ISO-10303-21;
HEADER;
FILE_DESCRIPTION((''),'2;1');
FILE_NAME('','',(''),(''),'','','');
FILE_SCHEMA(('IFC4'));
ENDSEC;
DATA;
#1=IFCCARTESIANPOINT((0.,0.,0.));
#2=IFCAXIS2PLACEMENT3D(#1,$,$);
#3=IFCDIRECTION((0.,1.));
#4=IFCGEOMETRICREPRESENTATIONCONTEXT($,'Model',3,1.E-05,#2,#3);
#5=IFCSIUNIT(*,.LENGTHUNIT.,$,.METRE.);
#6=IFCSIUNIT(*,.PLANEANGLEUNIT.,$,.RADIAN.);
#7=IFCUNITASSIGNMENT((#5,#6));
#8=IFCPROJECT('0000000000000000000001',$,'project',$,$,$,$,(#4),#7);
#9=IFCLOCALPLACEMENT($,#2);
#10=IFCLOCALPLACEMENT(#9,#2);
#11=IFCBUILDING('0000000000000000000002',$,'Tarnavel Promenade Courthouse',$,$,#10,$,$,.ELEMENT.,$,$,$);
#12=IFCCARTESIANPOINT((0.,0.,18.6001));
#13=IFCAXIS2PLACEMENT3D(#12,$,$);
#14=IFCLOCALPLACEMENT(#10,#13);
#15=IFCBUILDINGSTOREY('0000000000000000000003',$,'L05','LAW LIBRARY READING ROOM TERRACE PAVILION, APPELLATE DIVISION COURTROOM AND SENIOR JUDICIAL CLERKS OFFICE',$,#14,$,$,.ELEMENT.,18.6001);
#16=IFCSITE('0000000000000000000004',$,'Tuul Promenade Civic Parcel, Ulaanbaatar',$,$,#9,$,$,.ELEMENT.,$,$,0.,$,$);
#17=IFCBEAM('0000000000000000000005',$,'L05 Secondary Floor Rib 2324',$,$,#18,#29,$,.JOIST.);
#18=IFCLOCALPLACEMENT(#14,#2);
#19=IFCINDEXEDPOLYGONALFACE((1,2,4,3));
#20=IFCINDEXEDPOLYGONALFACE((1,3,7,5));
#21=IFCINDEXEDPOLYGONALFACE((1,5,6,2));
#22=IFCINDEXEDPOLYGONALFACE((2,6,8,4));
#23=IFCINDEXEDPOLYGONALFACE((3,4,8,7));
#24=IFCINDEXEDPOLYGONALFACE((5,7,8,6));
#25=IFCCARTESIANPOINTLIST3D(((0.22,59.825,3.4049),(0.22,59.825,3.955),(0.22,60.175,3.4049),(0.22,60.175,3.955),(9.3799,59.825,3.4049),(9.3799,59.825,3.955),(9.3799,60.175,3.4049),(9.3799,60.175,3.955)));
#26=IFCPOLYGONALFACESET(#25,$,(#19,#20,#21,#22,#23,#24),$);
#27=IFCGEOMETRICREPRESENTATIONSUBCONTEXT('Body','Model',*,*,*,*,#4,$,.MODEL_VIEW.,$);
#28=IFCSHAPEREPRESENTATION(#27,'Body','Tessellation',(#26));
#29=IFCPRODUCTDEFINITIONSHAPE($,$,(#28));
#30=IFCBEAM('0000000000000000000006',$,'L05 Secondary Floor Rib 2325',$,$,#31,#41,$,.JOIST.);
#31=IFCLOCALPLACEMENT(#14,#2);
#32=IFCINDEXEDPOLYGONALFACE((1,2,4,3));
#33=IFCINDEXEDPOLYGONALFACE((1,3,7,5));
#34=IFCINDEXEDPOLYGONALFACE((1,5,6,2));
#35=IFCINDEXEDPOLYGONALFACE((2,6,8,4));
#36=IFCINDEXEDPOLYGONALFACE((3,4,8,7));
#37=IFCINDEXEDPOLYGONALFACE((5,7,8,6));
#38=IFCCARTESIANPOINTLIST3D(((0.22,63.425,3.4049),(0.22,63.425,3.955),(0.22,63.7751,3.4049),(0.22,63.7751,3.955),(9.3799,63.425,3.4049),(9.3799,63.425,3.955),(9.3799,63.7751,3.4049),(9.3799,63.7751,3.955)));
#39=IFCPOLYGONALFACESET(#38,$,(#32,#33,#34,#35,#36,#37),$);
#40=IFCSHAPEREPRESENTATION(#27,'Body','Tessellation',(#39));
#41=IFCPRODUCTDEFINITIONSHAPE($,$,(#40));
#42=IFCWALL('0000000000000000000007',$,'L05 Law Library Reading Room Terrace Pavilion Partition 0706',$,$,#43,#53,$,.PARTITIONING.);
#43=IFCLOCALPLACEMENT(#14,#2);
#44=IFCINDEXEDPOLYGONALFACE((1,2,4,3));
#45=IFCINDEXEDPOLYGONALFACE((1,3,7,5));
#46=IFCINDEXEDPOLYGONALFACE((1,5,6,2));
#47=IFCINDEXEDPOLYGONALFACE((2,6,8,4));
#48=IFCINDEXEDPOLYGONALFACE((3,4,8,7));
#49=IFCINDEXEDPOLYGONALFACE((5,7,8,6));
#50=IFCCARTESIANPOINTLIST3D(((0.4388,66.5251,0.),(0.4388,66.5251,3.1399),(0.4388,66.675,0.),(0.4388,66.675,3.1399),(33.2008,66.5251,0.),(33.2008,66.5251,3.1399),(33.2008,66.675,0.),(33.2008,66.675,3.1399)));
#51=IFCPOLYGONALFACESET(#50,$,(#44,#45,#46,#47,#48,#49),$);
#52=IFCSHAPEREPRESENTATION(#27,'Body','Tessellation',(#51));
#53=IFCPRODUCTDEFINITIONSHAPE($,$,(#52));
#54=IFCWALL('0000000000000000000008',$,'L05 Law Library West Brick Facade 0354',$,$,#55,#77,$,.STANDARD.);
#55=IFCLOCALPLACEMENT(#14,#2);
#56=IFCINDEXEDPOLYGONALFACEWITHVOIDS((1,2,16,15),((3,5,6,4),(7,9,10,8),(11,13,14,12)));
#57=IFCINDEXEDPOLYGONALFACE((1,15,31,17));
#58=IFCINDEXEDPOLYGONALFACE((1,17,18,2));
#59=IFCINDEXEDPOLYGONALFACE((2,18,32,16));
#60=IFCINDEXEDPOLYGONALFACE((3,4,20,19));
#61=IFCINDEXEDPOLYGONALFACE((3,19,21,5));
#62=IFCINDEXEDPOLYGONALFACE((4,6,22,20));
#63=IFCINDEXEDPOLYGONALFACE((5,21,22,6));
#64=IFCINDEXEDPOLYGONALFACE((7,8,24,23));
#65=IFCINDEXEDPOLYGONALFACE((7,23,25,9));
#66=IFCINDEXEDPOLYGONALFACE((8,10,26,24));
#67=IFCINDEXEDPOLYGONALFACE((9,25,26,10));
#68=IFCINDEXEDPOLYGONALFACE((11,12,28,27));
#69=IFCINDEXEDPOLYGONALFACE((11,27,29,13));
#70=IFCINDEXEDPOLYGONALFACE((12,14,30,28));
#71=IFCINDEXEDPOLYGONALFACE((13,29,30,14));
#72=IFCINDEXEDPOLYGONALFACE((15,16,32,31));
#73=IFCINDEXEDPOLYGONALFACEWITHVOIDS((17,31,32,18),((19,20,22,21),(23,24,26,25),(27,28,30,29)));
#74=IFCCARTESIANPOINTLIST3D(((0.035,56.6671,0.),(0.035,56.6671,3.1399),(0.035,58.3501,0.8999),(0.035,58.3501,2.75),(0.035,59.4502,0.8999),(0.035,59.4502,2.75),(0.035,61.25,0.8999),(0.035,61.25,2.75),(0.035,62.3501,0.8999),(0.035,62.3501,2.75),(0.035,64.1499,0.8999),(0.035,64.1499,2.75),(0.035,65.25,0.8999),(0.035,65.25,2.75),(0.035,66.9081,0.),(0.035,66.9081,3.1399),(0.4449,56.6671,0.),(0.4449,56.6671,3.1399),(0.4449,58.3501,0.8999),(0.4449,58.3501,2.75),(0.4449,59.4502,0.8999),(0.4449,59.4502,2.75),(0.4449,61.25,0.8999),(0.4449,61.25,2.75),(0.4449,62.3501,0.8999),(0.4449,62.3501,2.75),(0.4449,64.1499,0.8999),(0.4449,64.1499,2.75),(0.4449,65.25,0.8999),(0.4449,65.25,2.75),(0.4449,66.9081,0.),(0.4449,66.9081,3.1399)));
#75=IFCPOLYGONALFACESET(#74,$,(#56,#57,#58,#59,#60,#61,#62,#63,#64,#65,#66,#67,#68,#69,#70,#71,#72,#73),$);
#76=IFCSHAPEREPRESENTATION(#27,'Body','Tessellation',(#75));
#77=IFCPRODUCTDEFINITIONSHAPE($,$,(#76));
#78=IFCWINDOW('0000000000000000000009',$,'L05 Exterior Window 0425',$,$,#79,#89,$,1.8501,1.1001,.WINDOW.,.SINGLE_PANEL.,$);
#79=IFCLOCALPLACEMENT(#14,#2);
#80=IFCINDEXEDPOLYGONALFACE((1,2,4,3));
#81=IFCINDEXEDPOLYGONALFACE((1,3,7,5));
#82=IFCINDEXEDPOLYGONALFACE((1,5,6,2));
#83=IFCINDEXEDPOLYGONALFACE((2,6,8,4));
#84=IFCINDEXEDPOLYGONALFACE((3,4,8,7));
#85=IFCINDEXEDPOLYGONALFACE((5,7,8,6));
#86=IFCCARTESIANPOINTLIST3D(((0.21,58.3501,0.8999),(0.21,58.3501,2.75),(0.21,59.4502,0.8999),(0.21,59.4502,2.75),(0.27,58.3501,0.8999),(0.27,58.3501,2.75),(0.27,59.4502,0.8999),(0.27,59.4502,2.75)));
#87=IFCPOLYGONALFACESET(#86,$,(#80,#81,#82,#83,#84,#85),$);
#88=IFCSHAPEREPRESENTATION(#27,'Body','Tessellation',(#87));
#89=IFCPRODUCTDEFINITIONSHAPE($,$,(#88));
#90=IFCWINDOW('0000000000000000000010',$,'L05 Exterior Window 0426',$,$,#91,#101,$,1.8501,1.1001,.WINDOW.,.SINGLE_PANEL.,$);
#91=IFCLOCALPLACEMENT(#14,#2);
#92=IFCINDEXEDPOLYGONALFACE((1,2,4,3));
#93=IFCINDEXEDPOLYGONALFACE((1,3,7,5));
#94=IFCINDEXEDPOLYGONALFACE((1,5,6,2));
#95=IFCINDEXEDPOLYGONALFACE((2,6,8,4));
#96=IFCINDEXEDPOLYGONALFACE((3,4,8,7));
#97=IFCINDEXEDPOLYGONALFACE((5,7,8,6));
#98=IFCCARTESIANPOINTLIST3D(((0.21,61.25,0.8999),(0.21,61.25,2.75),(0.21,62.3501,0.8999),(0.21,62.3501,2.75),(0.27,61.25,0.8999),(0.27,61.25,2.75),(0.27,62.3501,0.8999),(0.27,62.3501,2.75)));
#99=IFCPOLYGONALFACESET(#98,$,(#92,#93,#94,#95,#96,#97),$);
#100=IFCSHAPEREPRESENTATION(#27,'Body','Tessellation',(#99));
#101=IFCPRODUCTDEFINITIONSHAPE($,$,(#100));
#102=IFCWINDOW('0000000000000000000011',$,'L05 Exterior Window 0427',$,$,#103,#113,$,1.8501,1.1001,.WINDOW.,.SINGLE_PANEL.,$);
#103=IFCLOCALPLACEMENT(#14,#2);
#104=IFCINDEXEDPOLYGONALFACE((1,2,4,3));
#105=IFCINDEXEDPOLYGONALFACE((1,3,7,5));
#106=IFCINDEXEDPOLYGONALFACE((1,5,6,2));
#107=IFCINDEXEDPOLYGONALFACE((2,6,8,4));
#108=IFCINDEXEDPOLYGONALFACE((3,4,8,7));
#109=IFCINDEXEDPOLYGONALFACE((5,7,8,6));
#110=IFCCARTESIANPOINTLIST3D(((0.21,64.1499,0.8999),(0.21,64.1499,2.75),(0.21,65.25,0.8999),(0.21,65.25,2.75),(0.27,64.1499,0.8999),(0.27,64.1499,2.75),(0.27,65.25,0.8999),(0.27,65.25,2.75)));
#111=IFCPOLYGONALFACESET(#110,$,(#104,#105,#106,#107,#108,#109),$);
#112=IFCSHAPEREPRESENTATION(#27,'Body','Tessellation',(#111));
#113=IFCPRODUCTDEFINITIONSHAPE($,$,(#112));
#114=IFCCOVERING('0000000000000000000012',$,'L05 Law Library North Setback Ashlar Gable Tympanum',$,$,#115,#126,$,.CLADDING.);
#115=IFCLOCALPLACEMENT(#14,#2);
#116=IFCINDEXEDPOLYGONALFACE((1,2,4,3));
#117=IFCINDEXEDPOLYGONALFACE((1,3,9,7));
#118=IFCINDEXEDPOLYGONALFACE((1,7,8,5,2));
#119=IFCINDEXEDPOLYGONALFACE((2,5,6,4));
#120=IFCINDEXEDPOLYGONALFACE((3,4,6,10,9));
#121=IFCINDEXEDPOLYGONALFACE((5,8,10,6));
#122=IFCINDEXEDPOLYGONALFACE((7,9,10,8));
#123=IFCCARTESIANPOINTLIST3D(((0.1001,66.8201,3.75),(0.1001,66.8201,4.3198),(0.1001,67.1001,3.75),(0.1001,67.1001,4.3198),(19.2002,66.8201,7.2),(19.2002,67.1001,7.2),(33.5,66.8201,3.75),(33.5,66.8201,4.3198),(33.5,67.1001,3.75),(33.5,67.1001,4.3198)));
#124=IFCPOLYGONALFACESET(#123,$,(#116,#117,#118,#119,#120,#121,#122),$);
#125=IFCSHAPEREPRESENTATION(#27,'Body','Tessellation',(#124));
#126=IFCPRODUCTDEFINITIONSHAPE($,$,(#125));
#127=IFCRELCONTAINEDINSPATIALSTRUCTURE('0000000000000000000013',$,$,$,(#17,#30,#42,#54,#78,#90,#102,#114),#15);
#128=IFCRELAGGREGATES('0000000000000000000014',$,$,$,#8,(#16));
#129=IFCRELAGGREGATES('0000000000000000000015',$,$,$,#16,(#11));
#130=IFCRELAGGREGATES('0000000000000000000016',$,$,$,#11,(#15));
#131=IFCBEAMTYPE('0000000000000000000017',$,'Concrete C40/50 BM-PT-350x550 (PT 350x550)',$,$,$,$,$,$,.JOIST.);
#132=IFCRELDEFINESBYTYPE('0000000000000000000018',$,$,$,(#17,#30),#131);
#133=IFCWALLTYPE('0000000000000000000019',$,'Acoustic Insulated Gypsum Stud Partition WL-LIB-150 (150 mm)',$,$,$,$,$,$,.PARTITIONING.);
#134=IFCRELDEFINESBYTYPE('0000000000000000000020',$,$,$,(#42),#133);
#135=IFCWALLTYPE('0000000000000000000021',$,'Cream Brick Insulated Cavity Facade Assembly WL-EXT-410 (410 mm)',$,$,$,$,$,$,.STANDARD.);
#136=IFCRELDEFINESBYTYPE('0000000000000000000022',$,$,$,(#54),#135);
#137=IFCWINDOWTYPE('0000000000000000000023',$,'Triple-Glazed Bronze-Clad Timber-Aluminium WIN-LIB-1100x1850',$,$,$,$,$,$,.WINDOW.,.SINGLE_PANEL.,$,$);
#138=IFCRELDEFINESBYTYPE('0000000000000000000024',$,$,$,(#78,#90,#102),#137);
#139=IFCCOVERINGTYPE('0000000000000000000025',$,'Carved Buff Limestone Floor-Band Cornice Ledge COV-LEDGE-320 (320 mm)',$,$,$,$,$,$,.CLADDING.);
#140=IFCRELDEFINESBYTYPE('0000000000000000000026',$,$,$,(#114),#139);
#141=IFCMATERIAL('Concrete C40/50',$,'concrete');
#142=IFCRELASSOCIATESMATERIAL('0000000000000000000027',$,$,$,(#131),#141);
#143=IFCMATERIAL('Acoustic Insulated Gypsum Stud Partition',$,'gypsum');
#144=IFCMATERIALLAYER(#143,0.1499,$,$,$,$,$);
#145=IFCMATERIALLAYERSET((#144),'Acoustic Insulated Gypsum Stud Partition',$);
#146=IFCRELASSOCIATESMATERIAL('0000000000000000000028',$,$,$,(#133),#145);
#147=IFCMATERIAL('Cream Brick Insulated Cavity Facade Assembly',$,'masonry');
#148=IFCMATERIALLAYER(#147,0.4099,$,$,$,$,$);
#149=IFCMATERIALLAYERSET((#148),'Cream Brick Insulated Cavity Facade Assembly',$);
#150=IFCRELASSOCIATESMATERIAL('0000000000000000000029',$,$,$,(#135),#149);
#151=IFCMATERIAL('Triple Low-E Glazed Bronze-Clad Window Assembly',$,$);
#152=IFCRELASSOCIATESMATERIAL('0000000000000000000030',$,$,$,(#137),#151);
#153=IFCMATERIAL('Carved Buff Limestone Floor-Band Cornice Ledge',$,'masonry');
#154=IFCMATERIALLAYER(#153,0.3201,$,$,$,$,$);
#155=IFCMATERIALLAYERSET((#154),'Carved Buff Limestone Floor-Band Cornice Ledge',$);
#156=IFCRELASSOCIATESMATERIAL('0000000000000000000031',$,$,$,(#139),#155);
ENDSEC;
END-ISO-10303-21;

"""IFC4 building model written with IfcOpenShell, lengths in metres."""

from ifc_helpers import new_model, si_unit, direction, frame, frame_2d, origin, origin_2d, place, context, subcontext, project, spatial, polyline, rectangle, outline, extrude, material, layer, layer_set, material_profile, profile_set, type_object, element, fill, save


model = new_model("IFC4")

# Units and contexts
model_context = context("Model", 3, precision=1e-05, world=origin(), true_north=direction((0.0, 1.0)))
body_context = subcontext(model_context, "Body", "Model", "MODEL_VIEW")
ifc_project = project(units=[si_unit("LENGTHUNIT", "METRE"), si_unit("PLANEANGLEUNIT", "RADIAN")], contexts=[model_context])

# Site, building, storey
site_placement = place(None, origin())
site = spatial("IfcSite", under=ifc_project, at=site_placement, Name="Tuul Promenade Civic Parcel, Ulaanbaatar", CompositionType="ELEMENT", RefElevation=0.0)
building_placement = place(site_placement, origin())
building = spatial("IfcBuilding", under=site, at=building_placement, Name="Tarnavel Promenade Courthouse", CompositionType="ELEMENT")
storey_placement = place(building_placement, frame((0.0, 0.0, 18.6001)))
storey = spatial("IfcBuildingStorey", under=building, at=storey_placement, Name="L05", Description="LAW LIBRARY READING ROOM TERRACE PAVILION, APPELLATE DIVISION COURTROOM AND SENIOR JUDICIAL CLERKS OFFICE", CompositionType="ELEMENT", Elevation=18.6001)

# Beams
ifc_material_1 = material(Name="Concrete C40/50", Category="concrete")
ifc_material_profile = material_profile(ifc_material_1, rectangle(XDim=0.3501, YDim=0.55, at=origin_2d()), Name="PT 350x550")
ifc_profile_set = profile_set([ifc_material_profile], Name="Concrete C40/50")
beam_type = type_object("IfcBeamType", Name="Concrete C40/50 BM-PT-350x550 (PT 350x550)", PredefinedType="JOIST", material=ifc_profile_set)
for number, where, z_axis, x_axis, name in (
    (1, (0.22, 60.0, 3.6799), (1.0, 0.0, 0.0), (0.0, 1.0, 0.0), "L05 Secondary Floor Rib 2324"),
    (2, (0.22, 63.6001, 3.6799), (1.0, 0.0, 0.0), (0.0, 1.0, 0.0), "L05 Secondary Floor Rib 2325"),
):
    element("IfcBeam", number, at=place(storey_placement, frame(where, z_axis=z_axis, x_axis=x_axis)), inside=storey, type_object=beam_type, Name=name, PredefinedType="JOIST", context=body_context, shape_type="SweptSolid", body=[
        extrude(rectangle(XDim=0.3501, YDim=0.55, at=origin_2d()), origin(), (0.0, 0.0, 1.0), 9.1599),
    ])

# Wall
ifc_material_2 = material(Name="Acoustic Insulated Gypsum Stud Partition", Category="gypsum")
ifc_layer_1 = layer(ifc_material_2, 0.1499)
ifc_layer_set_1 = layer_set([ifc_layer_1], Name="Acoustic Insulated Gypsum Stud Partition")
wall_type_1 = type_object("IfcWallType", Name="Acoustic Insulated Gypsum Stud Partition WL-LIB-150 (150 mm)", PredefinedType="PARTITIONING", material=ifc_layer_set_1)
wall_1_placement = place(storey_placement, frame((0.439, 66.6001, 0.0), z_axis=(0.0, 0.0, 1.0), x_axis=(1.0, 0.0, 0.0)))
element("IfcWall", 3, at=wall_1_placement, inside=storey, type_object=wall_type_1, Name="L05 Law Library Reading Room Terrace Pavilion Partition 0706", PredefinedType="PARTITIONING", context=body_context, shape_type="SweptSolid", body=[
    extrude(rectangle(XDim=32.762, YDim=0.1499, at=frame_2d((16.3809, 0.0))), origin(), (0.0, 0.0, 1.0), 3.1399),
])

# Wall, openings, windows
ifc_material_3 = material(Name="Cream Brick Insulated Cavity Facade Assembly", Category="masonry")
ifc_layer_2 = layer(ifc_material_3, 0.4099)
ifc_layer_set_2 = layer_set([ifc_layer_2], Name="Cream Brick Insulated Cavity Facade Assembly")
wall_type_2 = type_object("IfcWallType", Name="Cream Brick Insulated Cavity Facade Assembly WL-EXT-410 (410 mm)", PredefinedType="STANDARD", material=ifc_layer_set_2)
wall_2_placement = place(storey_placement, frame((0.24, 56.667, 0.0), z_axis=(0.0, 0.0, 1.0), x_axis=(0.0, 1.0, 0.0)))
wall_2 = element("IfcWall", 4, at=wall_2_placement, inside=storey, type_object=wall_type_2, Name="L05 Law Library West Brick Facade 0354", PredefinedType="STANDARD", context=body_context, shape_type="SweptSolid", body=[
    extrude(rectangle(XDim=10.241, YDim=0.4099, at=frame_2d((5.1206, 0.0))), origin(), (0.0, 0.0, 1.0), 3.1399),
])
opening_1_placement = place(wall_2_placement, frame((1.6831, 0.0, 0.8999)))
opening_1 = element("IfcOpeningElement", 5, at=opening_1_placement, cuts=wall_2, PredefinedType="OPENING", context=body_context, shape_type="SweptSolid", body=[
    extrude(rectangle(XDim=1.1001, YDim=1.8501, at=frame_2d((0.55, 0.925))), frame((0.0, 0.2148, 0.0), z_axis=(0.0, -1.0, 0.0), x_axis=(1.0, 0.0, 0.0)), (0.0, 0.0, 1.0), 0.4299),
])
opening_2_placement = place(wall_2_placement, frame((4.583, 0.0, 0.8999)))
opening_2 = element("IfcOpeningElement", 6, at=opening_2_placement, cuts=wall_2, PredefinedType="OPENING", context=body_context, shape_type="SweptSolid", body=[
    extrude(rectangle(XDim=1.1001, YDim=1.8501, at=frame_2d((0.55, 0.925))), frame((0.0, 0.2148, 0.0), z_axis=(0.0, -1.0, 0.0), x_axis=(1.0, 0.0, 0.0)), (0.0, 0.0, 1.0), 0.4299),
])
opening_3_placement = place(wall_2_placement, frame((7.4829, 0.0, 0.8999)))
opening_3 = element("IfcOpeningElement", 7, at=opening_3_placement, cuts=wall_2, PredefinedType="OPENING", context=body_context, shape_type="SweptSolid", body=[
    extrude(rectangle(XDim=1.1001, YDim=1.8501, at=frame_2d((0.55, 0.925))), frame((0.0, 0.2148, 0.0), z_axis=(0.0, -1.0, 0.0), x_axis=(1.0, 0.0, 0.0)), (0.0, 0.0, 1.0), 0.4299),
])
ifc_material_4 = material(Name="Triple Low-E Glazed Bronze-Clad Window Assembly")
window_type = type_object("IfcWindowType", Name="Triple-Glazed Bronze-Clad Timber-Aluminium WIN-LIB-1100x1850", PartitioningType="SINGLE_PANEL", PredefinedType="WINDOW", material=ifc_material_4)
window_1_placement = place(opening_1_placement, origin())
window_1 = element("IfcWindow", 8, at=window_1_placement, inside=storey, type_object=window_type, Name="L05 Exterior Window 0425", OverallHeight=1.8501, OverallWidth=1.1001, PartitioningType="SINGLE_PANEL", PredefinedType="WINDOW", context=body_context, shape_type="SweptSolid", body=[
    extrude(rectangle(XDim=1.1001, YDim=1.8501, at=frame_2d((0.55, 0.925))), frame((0.0, 0.03, 0.0), z_axis=(0.0, -1.0, 0.0), x_axis=(1.0, 0.0, 0.0)), (0.0, 0.0, 1.0), 0.0601),
])
fill(opening_1, window_1)
window_2_placement = place(opening_2_placement, origin())
window_2 = element("IfcWindow", 9, at=window_2_placement, inside=storey, type_object=window_type, Name="L05 Exterior Window 0426", OverallHeight=1.8501, OverallWidth=1.1001, PartitioningType="SINGLE_PANEL", PredefinedType="WINDOW", context=body_context, shape_type="SweptSolid", body=[
    extrude(rectangle(XDim=1.1001, YDim=1.8501, at=frame_2d((0.55, 0.925))), frame((0.0, 0.03, 0.0), z_axis=(0.0, -1.0, 0.0), x_axis=(1.0, 0.0, 0.0)), (0.0, 0.0, 1.0), 0.0601),
])
fill(opening_2, window_2)
window_3_placement = place(opening_3_placement, origin())
window_3 = element("IfcWindow", 10, at=window_3_placement, inside=storey, type_object=window_type, Name="L05 Exterior Window 0427", OverallHeight=1.8501, OverallWidth=1.1001, PartitioningType="SINGLE_PANEL", PredefinedType="WINDOW", context=body_context, shape_type="SweptSolid", body=[
    extrude(rectangle(XDim=1.1001, YDim=1.8501, at=frame_2d((0.55, 0.925))), frame((0.0, 0.03, 0.0), z_axis=(0.0, -1.0, 0.0), x_axis=(1.0, 0.0, 0.0)), (0.0, 0.0, 1.0), 0.0601),
])
fill(opening_3, window_3)

# Covering
ifc_material_5 = material(Name="Carved Buff Limestone Floor-Band Cornice Ledge", Category="masonry")
ifc_layer_3 = layer(ifc_material_5, 0.3201)
ifc_layer_set_3 = layer_set([ifc_layer_3], Name="Carved Buff Limestone Floor-Band Cornice Ledge")
covering_type = type_object("IfcCoveringType", Name="Carved Buff Limestone Floor-Band Cornice Ledge COV-LEDGE-320 (320 mm)", PredefinedType="CLADDING", material=ifc_layer_set_3)
covering_placement = place(storey_placement, frame((0.1001, 66.96, 3.75), z_axis=(0.0, 0.0, 1.0), x_axis=(1.0, 0.0, 0.0)))
element("IfcCovering", 11, at=covering_placement, inside=storey, type_object=covering_type, Name="L05 Law Library North Setback Ashlar Gable Tympanum", PredefinedType="CLADDING", context=body_context, shape_type="SweptSolid", body=[
    extrude(outline(polyline([(0.0, 0.0), (33.3999, 0.0), (33.3999, 0.5698), (19.1001, 3.45), (0.0, 0.5698), (0.0, 0.0)])), frame((0.0, 0.1401, 0.0), z_axis=(0.0, -1.0, 0.0), x_axis=(1.0, 0.0, 0.0)), (0.0, 0.0, 1.0), 0.28),
])

save(model, "model.ifc")
